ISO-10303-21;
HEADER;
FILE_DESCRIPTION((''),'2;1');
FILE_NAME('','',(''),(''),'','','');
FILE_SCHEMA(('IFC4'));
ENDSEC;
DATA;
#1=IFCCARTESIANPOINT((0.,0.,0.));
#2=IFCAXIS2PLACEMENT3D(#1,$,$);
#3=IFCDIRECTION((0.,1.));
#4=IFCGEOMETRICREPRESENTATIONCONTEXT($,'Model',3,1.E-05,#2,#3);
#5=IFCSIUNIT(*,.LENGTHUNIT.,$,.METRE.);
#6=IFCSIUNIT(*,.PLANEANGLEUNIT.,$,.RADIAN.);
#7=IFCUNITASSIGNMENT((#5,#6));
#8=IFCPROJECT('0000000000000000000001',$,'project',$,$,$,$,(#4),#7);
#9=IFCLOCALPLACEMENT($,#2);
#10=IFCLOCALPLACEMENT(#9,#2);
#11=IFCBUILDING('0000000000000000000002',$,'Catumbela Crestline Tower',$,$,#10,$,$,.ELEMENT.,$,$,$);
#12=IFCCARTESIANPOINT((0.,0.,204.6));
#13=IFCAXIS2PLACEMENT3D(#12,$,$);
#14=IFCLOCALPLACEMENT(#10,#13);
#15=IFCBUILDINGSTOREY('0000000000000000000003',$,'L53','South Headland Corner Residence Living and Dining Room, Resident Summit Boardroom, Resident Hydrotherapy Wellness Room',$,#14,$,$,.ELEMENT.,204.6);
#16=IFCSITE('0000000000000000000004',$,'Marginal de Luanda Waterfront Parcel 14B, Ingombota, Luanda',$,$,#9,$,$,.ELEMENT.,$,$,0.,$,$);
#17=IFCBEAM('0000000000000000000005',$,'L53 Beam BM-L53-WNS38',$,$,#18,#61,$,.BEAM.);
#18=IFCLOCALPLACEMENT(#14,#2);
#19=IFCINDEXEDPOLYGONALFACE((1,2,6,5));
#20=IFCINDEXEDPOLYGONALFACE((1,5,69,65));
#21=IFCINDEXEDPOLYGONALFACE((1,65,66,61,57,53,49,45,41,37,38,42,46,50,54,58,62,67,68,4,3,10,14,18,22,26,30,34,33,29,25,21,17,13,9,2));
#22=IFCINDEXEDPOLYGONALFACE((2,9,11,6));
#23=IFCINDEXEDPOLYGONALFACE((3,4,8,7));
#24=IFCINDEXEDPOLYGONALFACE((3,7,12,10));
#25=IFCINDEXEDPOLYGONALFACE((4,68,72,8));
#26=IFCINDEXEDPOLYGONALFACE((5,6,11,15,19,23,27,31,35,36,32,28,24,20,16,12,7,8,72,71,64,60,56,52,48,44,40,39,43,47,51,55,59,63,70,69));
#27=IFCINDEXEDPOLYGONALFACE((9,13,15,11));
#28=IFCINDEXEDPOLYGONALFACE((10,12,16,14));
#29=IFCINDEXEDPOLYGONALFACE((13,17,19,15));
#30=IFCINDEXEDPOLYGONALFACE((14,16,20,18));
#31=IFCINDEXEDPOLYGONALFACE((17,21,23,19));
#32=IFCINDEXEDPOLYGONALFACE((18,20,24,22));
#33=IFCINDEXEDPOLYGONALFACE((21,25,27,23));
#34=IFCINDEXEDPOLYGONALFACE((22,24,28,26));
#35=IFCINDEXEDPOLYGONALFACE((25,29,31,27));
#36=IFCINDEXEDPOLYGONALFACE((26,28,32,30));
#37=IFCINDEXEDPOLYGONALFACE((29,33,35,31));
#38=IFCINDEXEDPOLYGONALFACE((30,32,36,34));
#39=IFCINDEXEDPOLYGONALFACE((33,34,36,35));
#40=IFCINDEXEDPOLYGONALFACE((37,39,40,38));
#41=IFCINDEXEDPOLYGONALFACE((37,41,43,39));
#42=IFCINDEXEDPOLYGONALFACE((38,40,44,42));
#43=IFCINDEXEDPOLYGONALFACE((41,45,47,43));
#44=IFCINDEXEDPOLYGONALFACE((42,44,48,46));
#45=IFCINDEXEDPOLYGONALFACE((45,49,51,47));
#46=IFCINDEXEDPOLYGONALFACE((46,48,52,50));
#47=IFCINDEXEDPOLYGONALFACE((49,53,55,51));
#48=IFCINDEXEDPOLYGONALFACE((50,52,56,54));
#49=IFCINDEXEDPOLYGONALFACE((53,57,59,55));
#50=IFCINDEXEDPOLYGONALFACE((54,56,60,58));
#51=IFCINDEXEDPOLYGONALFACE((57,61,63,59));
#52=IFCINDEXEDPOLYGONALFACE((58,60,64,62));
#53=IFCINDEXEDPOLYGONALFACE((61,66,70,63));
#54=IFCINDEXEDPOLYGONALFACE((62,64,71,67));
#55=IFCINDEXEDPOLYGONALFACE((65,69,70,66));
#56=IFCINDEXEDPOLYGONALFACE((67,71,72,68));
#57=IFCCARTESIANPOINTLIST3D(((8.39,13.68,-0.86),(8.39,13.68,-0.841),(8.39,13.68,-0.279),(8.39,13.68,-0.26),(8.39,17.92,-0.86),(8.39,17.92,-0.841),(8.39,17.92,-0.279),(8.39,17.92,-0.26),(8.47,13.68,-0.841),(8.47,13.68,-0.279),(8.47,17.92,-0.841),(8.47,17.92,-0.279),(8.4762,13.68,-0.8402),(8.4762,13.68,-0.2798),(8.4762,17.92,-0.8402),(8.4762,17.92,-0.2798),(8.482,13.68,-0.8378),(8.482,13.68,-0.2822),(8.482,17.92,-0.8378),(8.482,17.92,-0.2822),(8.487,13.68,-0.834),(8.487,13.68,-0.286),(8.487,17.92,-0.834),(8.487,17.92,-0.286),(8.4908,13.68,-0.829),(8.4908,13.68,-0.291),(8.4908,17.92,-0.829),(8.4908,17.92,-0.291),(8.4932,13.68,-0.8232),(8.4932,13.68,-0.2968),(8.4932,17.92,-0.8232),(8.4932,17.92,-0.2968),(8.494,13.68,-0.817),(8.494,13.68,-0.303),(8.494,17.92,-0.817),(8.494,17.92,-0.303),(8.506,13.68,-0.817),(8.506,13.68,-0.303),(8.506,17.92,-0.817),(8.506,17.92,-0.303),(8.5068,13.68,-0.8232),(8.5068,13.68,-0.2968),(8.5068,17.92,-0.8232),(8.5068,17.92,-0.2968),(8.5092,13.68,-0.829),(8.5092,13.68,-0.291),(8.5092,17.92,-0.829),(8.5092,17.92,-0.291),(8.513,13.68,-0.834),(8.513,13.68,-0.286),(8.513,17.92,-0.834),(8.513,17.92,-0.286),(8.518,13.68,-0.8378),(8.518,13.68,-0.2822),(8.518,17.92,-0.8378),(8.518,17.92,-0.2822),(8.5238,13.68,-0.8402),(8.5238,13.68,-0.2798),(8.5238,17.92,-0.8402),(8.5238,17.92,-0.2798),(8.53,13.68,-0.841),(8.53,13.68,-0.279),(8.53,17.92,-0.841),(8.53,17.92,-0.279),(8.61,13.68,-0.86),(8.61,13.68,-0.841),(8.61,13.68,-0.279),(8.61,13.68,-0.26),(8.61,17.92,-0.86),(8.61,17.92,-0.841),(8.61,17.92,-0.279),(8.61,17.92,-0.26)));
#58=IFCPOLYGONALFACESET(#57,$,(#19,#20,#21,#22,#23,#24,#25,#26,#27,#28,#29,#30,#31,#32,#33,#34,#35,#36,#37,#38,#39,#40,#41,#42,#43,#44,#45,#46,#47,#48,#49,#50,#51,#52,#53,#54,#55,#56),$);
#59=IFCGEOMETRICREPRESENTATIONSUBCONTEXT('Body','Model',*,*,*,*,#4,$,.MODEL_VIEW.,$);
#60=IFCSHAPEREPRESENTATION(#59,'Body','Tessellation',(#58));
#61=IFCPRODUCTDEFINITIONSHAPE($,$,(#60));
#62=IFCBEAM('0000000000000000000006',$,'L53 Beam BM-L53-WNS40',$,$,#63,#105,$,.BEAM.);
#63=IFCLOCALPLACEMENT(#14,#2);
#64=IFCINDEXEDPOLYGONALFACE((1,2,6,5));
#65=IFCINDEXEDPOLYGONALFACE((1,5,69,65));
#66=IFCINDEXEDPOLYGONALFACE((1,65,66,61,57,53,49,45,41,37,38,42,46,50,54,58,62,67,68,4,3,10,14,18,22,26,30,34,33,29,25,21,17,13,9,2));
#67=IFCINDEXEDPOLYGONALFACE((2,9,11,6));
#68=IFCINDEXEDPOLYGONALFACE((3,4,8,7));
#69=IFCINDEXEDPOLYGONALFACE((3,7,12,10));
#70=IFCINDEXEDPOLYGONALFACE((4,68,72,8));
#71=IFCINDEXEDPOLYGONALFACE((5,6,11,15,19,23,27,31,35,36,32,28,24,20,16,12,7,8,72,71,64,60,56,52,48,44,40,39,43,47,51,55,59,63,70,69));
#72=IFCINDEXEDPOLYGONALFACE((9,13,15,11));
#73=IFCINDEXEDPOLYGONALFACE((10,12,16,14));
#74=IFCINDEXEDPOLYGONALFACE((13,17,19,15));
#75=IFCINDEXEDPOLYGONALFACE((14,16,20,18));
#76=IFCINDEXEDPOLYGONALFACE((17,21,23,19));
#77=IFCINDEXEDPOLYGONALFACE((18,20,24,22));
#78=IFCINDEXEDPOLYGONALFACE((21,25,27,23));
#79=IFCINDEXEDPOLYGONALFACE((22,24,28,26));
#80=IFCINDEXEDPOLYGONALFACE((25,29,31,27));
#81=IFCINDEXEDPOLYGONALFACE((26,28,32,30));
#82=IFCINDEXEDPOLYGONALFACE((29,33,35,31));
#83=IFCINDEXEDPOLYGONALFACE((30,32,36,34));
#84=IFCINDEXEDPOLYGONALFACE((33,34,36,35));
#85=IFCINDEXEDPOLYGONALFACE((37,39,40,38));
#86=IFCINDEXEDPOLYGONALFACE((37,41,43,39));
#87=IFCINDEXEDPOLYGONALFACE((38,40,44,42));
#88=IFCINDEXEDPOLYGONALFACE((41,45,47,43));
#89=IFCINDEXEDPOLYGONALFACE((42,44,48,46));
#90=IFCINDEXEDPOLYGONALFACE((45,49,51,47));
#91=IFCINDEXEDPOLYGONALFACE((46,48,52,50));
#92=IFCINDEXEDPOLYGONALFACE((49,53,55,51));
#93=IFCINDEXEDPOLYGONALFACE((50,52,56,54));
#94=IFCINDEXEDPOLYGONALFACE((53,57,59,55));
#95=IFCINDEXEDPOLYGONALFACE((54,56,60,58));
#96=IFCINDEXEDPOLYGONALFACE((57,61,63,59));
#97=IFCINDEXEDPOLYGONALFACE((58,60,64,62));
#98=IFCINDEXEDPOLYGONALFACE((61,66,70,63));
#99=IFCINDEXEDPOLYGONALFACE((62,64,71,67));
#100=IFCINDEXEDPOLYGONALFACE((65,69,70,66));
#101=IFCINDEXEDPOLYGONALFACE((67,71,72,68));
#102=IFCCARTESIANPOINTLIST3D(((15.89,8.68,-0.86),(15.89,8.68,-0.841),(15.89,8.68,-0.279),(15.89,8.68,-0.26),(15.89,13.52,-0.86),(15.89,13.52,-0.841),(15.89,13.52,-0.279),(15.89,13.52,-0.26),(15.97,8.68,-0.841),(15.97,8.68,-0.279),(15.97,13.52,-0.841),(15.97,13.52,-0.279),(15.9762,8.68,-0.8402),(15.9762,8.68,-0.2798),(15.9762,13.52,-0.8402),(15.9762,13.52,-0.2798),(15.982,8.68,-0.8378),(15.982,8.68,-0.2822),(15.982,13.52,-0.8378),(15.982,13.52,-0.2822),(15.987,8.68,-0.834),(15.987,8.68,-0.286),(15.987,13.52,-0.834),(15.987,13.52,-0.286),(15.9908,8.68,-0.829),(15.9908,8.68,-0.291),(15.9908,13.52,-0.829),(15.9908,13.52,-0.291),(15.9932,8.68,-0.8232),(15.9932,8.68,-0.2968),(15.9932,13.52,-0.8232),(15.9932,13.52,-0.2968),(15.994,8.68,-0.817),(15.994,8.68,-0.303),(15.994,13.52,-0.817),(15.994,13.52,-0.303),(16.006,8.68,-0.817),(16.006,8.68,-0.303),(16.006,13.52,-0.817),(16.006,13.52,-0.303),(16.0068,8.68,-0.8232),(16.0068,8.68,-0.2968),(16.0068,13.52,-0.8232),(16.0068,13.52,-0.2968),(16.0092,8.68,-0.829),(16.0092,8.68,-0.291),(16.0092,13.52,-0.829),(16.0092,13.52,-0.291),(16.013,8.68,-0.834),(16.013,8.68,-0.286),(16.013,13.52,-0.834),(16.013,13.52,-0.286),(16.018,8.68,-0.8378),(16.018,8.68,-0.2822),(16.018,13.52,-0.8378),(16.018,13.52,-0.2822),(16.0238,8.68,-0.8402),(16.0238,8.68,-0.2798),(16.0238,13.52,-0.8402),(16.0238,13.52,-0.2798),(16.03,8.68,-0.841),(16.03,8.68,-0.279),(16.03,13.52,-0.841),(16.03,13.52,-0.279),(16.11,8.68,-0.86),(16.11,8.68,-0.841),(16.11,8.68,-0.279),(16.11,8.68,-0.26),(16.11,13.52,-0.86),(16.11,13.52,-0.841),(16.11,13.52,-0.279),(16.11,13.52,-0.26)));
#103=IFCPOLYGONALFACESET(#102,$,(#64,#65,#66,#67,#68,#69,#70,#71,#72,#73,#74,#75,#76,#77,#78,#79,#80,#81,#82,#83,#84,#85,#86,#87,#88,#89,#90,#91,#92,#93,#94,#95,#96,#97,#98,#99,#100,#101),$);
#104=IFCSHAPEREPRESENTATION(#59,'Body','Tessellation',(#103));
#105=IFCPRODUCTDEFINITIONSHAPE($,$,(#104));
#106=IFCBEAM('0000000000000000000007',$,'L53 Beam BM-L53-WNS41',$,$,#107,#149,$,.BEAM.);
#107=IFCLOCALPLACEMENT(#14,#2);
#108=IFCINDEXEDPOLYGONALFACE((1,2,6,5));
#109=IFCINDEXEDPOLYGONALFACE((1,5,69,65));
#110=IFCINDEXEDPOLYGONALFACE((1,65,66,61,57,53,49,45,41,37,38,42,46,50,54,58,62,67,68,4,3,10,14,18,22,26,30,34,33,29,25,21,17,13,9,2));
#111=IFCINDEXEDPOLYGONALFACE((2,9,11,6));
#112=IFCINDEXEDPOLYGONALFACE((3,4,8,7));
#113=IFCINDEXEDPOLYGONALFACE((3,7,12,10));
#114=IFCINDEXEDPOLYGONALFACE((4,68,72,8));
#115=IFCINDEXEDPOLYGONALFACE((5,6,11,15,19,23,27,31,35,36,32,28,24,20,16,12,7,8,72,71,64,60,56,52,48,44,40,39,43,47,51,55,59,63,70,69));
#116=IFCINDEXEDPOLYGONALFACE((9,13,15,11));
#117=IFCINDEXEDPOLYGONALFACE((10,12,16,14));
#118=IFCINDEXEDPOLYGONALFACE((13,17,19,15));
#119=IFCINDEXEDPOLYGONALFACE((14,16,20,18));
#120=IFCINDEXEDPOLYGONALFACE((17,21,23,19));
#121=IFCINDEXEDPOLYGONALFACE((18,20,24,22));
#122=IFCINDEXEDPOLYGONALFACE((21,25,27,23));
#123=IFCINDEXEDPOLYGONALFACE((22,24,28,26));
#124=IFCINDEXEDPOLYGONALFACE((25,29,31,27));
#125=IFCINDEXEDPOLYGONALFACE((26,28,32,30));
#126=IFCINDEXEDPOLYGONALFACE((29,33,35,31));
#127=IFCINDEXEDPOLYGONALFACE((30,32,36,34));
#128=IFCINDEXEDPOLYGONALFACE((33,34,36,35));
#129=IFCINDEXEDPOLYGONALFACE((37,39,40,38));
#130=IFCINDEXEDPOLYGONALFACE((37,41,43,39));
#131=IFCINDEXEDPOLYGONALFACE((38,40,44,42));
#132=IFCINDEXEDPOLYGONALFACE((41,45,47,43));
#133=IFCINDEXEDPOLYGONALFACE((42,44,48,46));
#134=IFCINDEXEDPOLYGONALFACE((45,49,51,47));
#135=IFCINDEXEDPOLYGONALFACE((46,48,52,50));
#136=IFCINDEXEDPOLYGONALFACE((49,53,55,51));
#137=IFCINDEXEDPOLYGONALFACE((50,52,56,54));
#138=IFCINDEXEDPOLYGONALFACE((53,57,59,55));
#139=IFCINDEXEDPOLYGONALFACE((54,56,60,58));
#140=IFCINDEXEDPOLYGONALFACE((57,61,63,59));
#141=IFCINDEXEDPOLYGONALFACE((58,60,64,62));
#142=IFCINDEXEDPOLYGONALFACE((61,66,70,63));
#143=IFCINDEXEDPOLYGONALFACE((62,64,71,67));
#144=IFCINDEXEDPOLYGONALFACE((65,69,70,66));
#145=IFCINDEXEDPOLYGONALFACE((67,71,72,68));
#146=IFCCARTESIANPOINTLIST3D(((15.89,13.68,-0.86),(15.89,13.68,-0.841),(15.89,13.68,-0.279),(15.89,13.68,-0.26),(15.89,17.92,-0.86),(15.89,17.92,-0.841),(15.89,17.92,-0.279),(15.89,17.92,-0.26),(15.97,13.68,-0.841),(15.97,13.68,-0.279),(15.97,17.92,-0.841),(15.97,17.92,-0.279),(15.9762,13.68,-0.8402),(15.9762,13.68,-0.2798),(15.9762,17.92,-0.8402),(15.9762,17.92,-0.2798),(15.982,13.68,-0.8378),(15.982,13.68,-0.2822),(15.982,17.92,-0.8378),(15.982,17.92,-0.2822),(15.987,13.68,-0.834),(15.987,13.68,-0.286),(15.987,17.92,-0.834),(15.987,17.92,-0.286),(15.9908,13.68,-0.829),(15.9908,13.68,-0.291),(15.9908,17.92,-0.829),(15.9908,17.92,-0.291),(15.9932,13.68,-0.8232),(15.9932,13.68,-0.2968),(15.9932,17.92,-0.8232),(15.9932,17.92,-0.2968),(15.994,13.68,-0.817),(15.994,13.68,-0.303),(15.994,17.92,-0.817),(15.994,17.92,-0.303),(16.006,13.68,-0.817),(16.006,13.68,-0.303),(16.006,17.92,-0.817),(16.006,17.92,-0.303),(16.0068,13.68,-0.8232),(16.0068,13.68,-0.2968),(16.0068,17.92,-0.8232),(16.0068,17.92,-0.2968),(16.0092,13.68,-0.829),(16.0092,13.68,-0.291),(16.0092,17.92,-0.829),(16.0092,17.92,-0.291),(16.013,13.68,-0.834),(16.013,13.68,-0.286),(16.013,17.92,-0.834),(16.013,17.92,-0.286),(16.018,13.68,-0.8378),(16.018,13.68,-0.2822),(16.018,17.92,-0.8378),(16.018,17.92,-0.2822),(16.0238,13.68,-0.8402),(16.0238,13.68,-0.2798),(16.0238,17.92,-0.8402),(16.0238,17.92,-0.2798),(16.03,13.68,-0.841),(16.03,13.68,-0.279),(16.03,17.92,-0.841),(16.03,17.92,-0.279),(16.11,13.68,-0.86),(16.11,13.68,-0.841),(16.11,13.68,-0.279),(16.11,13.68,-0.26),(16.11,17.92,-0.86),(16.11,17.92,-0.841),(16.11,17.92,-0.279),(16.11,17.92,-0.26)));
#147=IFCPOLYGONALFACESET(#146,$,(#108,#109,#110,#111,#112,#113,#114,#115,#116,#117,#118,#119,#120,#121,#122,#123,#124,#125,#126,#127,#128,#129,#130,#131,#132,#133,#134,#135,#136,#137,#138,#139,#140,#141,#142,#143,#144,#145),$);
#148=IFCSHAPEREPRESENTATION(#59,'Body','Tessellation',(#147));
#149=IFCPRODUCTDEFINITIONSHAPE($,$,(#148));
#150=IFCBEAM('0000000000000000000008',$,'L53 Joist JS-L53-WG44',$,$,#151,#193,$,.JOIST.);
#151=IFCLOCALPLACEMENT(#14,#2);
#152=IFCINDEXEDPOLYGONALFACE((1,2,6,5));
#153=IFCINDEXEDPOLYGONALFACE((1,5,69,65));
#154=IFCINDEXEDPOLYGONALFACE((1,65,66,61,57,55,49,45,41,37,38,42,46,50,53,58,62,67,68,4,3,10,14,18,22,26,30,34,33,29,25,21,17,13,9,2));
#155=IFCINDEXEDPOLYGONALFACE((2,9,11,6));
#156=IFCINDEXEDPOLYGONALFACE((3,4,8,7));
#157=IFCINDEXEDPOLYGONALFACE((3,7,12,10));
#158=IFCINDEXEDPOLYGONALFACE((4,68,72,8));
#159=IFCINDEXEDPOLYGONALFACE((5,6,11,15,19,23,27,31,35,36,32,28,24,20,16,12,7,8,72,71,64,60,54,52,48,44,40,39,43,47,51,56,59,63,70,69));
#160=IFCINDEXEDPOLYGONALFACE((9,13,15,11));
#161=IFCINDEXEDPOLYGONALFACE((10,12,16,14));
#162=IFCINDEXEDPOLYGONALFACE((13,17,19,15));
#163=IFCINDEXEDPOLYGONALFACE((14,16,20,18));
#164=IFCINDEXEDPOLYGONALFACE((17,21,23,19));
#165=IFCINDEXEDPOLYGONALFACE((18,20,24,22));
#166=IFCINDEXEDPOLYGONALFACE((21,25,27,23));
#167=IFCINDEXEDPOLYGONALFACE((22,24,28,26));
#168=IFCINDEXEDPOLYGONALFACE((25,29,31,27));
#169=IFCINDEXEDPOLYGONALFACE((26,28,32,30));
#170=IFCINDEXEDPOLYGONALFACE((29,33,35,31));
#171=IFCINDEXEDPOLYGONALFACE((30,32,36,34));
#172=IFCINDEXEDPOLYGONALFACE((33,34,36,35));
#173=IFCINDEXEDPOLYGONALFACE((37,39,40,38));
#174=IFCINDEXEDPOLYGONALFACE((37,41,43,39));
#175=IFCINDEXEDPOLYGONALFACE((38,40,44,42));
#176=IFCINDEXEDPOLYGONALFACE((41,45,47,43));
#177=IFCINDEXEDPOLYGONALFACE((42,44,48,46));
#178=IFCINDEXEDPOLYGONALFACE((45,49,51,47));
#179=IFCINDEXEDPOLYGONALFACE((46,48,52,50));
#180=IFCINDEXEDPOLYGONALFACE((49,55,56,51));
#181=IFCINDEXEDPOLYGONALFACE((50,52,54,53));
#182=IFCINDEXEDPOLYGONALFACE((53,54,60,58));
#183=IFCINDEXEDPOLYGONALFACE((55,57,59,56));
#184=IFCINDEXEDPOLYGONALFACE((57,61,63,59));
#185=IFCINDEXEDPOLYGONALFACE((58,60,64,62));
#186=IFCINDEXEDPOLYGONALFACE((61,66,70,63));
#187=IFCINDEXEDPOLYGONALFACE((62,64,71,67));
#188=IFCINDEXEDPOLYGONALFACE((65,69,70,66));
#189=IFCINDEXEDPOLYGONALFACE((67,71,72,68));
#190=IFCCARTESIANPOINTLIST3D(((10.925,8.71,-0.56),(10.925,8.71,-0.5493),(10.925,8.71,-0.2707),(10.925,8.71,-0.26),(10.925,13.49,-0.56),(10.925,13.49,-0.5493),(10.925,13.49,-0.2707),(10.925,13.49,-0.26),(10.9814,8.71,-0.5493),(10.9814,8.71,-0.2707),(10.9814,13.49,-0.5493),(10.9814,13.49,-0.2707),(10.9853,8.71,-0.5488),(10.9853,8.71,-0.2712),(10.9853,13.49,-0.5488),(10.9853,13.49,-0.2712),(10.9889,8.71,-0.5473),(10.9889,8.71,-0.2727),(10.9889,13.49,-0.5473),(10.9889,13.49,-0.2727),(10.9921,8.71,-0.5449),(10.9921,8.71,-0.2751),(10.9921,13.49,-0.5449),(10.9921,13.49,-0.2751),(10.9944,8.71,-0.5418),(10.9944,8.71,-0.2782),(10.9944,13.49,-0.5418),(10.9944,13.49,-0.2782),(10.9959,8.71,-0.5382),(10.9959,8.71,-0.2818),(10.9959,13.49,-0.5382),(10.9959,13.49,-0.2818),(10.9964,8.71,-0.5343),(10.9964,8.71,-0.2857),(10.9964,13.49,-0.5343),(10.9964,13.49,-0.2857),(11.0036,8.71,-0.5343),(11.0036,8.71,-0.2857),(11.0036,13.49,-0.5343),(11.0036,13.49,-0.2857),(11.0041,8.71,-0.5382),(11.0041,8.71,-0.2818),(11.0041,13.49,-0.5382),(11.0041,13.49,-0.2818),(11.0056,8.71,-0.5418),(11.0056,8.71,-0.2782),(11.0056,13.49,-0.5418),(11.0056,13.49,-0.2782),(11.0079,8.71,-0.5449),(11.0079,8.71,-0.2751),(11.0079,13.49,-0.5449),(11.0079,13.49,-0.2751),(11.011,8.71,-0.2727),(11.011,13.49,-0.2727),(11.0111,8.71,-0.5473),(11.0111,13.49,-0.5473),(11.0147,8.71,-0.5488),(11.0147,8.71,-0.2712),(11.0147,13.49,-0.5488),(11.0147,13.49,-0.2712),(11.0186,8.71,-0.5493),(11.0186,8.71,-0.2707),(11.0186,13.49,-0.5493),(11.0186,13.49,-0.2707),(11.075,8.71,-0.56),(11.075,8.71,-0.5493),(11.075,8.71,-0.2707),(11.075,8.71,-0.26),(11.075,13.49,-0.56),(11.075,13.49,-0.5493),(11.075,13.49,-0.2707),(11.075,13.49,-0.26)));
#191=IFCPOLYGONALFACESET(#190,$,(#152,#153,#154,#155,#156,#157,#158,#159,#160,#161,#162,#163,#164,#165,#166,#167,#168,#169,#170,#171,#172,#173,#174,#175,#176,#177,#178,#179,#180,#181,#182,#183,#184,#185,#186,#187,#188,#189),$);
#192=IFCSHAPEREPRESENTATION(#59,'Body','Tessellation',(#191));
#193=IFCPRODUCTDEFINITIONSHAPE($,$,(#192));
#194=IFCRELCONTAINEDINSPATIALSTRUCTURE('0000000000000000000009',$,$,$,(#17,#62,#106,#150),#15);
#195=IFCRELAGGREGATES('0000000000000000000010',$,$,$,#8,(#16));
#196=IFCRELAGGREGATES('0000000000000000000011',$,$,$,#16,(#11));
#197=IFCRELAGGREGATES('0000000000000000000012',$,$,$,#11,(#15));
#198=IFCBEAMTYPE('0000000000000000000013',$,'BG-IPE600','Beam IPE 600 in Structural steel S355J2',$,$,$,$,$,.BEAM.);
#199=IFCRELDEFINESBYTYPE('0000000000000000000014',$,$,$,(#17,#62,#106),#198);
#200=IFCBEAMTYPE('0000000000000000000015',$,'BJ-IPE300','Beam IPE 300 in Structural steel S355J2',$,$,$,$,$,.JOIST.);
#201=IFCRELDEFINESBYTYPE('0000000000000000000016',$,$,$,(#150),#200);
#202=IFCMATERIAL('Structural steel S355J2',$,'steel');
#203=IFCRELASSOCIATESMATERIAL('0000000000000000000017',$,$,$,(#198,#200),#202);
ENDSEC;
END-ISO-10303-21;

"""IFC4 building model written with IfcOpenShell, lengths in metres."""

from ifc_helpers import new_model, si_unit, direction, frame, origin, origin_2d, place, context, subcontext, project, spatial, i_section, extrude, material, material_profile, profile_set, type_object, element, save


model = new_model("IFC4")

# Units and contexts
model_context = context("Model", 3, precision=1e-05, world=origin(), true_north=direction((0.0, 1.0)))
body_context = subcontext(model_context, "Body", "Model", "MODEL_VIEW")
ifc_project = project(units=[si_unit("LENGTHUNIT", "METRE"), si_unit("PLANEANGLEUNIT", "RADIAN")], contexts=[model_context])

# Site, building, storey
site_placement = place(None, origin())
site = spatial("IfcSite", under=ifc_project, at=site_placement, Name="Marginal de Luanda Waterfront Parcel 14B, Ingombota, Luanda", CompositionType="ELEMENT", RefElevation=0.0)
building_placement = place(site_placement, origin())
building = spatial("IfcBuilding", under=site, at=building_placement, Name="Catumbela Crestline Tower", CompositionType="ELEMENT")
storey_placement = place(building_placement, frame((0.0, 0.0, 204.6)))
storey = spatial("IfcBuildingStorey", under=building, at=storey_placement, Name="L53", Description="South Headland Corner Residence Living and Dining Room, Resident Summit Boardroom, Resident Hydrotherapy Wellness Room", CompositionType="ELEMENT", Elevation=204.6)

# Shared definitions
ifc_material_1 = material(Name="Structural steel S355J2", Category="steel")

# Beams
ifc_material_profile_1 = material_profile(ifc_material_1, i_section(OverallWidth=0.22, OverallDepth=0.6, WebThickness=0.012, FlangeThickness=0.019, FilletRadius=0.024, at=origin_2d()), Name="IPE 600")
ifc_profile_set_1 = profile_set([ifc_material_profile_1], Name="Structural steel S355J2")
beam_type_1 = type_object("IfcBeamType", Name="BG-IPE600", Description="Beam IPE 600 in Structural steel S355J2", PredefinedType="BEAM", material=ifc_profile_set_1)
beam_1_placement = place(storey_placement, frame((8.5, 13.68, -0.56), z_axis=(0.0, 1.0, 0.0), x_axis=(-1.0, 0.0, 0.0)))
element("IfcBeam", 1, at=beam_1_placement, inside=storey, type_object=beam_type_1, Name="L53 Beam BM-L53-WNS38", PredefinedType="BEAM", context=body_context, shape_type="SweptSolid", body=[
    extrude(i_section(OverallWidth=0.22, OverallDepth=0.6, WebThickness=0.012, FlangeThickness=0.019, FilletRadius=0.024, at=origin_2d()), origin(), (0.0, 0.0, 1.0), 4.24),
])
beam_2_placement = place(storey_placement, frame((16.0, 8.68, -0.56), z_axis=(0.0, 1.0, 0.0), x_axis=(-1.0, 0.0, 0.0)))
element("IfcBeam", 2, at=beam_2_placement, inside=storey, type_object=beam_type_1, Name="L53 Beam BM-L53-WNS40", PredefinedType="BEAM", context=body_context, shape_type="SweptSolid", body=[
    extrude(i_section(OverallWidth=0.22, OverallDepth=0.6, WebThickness=0.012, FlangeThickness=0.019, FilletRadius=0.024, at=origin_2d()), origin(), (0.0, 0.0, 1.0), 4.84),
])
beam_3_placement = place(storey_placement, frame((16.0, 13.68, -0.56), z_axis=(0.0, 1.0, 0.0), x_axis=(-1.0, 0.0, 0.0)))
element("IfcBeam", 3, at=beam_3_placement, inside=storey, type_object=beam_type_1, Name="L53 Beam BM-L53-WNS41", PredefinedType="BEAM", context=body_context, shape_type="SweptSolid", body=[
    extrude(i_section(OverallWidth=0.22, OverallDepth=0.6, WebThickness=0.012, FlangeThickness=0.019, FilletRadius=0.024, at=origin_2d()), origin(), (0.0, 0.0, 1.0), 4.24),
])
ifc_material_profile_2 = material_profile(ifc_material_1, i_section(OverallWidth=0.15, OverallDepth=0.3, WebThickness=0.0071, FlangeThickness=0.0107, FilletRadius=0.015, at=origin_2d()), Name="IPE 300")
ifc_profile_set_2 = profile_set([ifc_material_profile_2], Name="Structural steel S355J2")
beam_type_2 = type_object("IfcBeamType", Name="BJ-IPE300", Description="Beam IPE 300 in Structural steel S355J2", PredefinedType="JOIST", material=ifc_profile_set_2)
for number, where, z_axis, x_axis, name in (
    (4, (11.0, 8.71, -0.41), (0.0, 1.0, 0.0), (-1.0, 0.0, 0.0), "L53 Joist JS-L53-WG44"),
):
    element("IfcBeam", number, at=place(storey_placement, frame(where, z_axis=z_axis, x_axis=x_axis)), inside=storey, type_object=beam_type_2, Name=name, PredefinedType="JOIST", context=body_context, shape_type="SweptSolid", body=[
        extrude(i_section(OverallWidth=0.15, OverallDepth=0.3, WebThickness=0.0071, FlangeThickness=0.0107, FilletRadius=0.015, at=origin_2d()), origin(), (0.0, 0.0, 1.0), 4.78),
    ])

save(model, "model.ifc")
